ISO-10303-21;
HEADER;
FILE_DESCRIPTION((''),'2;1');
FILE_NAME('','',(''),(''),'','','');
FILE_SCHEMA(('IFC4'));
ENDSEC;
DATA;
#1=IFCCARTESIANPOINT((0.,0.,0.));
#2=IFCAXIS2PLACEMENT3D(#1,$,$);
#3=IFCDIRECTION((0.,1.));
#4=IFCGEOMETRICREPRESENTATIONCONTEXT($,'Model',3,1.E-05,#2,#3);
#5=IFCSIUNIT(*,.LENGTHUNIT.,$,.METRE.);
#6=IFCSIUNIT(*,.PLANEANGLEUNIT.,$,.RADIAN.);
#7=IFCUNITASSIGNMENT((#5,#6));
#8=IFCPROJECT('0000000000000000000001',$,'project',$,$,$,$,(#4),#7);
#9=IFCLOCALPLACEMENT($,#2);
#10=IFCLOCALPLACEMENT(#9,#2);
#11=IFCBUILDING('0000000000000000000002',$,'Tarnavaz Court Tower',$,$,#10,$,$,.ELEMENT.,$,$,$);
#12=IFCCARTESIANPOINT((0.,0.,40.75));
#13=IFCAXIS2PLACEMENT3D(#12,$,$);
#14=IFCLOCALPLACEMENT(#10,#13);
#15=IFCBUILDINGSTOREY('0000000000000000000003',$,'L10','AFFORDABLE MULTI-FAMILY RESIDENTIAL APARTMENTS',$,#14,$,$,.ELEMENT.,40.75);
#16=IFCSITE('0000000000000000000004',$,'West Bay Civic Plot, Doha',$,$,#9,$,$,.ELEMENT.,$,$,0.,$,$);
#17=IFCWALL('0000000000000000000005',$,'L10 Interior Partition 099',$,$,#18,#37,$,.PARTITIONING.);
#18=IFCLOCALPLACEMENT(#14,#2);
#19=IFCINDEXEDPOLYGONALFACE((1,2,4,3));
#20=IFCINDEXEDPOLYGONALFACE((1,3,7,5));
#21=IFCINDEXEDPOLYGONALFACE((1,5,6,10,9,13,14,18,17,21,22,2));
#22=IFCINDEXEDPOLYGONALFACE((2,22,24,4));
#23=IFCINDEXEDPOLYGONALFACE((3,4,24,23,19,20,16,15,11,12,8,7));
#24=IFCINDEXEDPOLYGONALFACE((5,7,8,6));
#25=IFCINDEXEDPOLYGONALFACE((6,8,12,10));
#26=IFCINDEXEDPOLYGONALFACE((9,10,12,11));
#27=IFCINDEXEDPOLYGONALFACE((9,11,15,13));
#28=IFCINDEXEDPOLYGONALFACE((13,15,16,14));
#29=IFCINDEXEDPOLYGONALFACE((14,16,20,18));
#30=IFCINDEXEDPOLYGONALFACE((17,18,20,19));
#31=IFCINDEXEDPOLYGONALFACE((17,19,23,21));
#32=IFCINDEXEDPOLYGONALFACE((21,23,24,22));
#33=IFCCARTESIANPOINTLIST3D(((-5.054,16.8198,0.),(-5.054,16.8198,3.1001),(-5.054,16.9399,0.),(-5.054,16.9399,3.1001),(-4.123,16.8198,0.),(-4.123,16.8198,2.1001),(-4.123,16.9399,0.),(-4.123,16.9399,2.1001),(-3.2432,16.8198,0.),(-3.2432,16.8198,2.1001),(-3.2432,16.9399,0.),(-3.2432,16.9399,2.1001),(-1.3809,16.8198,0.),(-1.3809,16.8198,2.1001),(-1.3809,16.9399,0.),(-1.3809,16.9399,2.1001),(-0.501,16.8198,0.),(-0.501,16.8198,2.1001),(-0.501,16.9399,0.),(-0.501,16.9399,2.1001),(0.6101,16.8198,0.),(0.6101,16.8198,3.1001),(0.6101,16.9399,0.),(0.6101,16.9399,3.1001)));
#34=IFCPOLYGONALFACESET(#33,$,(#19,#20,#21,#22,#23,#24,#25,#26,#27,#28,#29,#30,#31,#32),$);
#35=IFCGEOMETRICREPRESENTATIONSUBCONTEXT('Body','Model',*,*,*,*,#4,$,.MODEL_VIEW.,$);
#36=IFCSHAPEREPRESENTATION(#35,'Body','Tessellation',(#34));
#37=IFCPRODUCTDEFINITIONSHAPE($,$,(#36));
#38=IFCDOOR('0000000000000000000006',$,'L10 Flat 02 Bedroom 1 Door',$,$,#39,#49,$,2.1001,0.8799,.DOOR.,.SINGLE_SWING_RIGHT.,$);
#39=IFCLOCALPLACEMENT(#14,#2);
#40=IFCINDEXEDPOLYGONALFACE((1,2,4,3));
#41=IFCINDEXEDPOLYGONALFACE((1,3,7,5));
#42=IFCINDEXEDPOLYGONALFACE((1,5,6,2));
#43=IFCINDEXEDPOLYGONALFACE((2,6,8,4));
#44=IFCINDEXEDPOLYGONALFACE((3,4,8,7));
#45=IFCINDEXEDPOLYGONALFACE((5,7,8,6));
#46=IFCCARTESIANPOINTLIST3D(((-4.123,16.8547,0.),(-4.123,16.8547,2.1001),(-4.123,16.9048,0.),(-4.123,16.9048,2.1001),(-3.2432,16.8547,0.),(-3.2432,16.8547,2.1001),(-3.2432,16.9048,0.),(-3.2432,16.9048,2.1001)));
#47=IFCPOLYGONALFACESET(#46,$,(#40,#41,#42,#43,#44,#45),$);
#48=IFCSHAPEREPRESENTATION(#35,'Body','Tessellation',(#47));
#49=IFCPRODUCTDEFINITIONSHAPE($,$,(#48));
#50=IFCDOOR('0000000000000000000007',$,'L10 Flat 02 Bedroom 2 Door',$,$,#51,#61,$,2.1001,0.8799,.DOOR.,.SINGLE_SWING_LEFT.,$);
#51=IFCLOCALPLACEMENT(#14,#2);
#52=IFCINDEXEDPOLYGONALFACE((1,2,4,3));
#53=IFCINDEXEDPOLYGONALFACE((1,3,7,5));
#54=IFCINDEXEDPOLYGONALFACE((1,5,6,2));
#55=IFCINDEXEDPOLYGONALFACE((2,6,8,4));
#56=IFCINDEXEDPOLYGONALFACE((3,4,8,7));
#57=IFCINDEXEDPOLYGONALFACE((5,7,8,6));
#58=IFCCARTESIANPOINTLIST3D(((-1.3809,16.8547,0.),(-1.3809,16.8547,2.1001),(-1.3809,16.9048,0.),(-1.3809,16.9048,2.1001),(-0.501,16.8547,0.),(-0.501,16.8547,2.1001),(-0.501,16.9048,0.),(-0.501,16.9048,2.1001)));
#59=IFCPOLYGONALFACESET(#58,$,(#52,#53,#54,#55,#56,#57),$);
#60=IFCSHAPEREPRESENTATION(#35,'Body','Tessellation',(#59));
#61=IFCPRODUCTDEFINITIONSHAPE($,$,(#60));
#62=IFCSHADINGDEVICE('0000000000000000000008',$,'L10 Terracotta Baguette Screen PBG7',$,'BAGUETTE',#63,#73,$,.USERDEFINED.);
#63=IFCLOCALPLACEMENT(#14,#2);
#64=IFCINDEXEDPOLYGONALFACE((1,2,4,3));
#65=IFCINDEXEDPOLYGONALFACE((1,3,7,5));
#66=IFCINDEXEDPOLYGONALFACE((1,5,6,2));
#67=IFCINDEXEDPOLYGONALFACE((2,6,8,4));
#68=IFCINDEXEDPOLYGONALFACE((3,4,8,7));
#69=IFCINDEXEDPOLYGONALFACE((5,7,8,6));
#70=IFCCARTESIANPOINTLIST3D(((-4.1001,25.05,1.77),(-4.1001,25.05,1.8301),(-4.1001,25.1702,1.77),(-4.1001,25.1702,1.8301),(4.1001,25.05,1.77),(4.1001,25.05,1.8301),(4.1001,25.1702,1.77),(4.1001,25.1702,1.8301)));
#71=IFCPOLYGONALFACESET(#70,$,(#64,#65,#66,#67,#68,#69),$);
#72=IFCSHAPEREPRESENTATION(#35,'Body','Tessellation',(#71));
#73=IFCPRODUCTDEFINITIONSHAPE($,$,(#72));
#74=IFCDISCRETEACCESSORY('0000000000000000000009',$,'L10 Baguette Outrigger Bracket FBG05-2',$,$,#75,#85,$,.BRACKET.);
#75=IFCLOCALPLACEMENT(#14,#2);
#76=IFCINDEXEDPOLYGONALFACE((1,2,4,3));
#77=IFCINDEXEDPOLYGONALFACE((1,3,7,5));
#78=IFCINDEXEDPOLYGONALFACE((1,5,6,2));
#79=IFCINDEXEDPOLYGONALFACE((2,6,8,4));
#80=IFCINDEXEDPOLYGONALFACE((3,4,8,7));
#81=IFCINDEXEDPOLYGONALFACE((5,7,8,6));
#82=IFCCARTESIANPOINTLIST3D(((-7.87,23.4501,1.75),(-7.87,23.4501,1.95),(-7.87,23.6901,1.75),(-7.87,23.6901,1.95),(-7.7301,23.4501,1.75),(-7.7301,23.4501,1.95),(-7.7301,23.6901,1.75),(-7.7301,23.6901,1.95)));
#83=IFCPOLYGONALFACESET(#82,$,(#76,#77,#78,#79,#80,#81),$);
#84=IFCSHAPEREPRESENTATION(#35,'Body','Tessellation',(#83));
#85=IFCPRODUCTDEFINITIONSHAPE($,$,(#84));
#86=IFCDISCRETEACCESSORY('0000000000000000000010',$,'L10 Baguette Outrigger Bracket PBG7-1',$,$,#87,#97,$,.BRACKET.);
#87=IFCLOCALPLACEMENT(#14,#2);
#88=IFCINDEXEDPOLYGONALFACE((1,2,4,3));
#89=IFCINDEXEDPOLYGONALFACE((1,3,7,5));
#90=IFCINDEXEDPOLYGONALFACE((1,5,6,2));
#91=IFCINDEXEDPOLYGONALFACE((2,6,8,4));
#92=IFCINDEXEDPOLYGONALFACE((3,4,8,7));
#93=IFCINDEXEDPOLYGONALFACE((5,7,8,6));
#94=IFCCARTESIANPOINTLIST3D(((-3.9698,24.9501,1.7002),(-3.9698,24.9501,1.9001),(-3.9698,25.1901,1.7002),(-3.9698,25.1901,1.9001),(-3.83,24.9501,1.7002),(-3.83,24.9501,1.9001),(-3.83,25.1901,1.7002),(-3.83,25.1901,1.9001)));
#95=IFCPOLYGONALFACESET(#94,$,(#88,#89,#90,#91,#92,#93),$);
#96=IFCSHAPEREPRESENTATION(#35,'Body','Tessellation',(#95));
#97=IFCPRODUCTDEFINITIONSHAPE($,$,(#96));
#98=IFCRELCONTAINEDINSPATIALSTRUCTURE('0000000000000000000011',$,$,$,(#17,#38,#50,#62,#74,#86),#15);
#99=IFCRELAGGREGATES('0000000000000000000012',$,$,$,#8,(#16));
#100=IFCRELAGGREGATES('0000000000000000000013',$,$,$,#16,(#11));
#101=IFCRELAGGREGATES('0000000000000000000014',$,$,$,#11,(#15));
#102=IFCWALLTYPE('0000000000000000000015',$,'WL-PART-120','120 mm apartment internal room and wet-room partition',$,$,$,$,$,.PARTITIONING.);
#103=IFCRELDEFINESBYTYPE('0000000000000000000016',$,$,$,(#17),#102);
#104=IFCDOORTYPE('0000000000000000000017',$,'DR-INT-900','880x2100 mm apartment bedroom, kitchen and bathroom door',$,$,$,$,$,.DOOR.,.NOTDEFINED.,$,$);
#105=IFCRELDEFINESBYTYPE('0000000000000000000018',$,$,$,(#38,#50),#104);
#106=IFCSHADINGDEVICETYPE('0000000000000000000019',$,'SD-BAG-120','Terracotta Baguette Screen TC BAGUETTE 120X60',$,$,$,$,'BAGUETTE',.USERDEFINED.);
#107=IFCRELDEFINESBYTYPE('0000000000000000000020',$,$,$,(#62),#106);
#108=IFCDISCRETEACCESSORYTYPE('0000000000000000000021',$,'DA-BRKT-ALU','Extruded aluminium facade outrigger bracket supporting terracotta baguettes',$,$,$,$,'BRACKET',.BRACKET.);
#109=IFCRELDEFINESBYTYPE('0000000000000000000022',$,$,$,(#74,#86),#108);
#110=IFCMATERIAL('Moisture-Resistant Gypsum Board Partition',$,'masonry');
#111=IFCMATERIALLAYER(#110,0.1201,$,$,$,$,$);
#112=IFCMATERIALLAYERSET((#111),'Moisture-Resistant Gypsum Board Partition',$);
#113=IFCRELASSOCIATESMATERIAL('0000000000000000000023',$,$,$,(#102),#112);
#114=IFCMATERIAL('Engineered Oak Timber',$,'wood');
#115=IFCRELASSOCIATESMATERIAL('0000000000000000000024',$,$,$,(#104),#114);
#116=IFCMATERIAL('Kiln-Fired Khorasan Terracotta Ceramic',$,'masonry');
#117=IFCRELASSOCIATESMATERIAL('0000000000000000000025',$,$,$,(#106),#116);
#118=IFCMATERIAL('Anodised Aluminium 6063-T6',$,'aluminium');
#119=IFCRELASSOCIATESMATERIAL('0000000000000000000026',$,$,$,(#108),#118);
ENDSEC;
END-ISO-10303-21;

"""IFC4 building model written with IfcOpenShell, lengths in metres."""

from ifc_helpers import new_model, si_unit, direction, frame, frame_2d, origin, origin_2d, place, context, subcontext, project, spatial, rectangle, extrude, material, layer, layer_set, material_profile, profile_set, type_object, element, fill, save


model = new_model("IFC4")

# Units and contexts
model_context = context("Model", 3, precision=1e-05, world=origin(), true_north=direction((0.0, 1.0)))
body_context = subcontext(model_context, "Body", "Model", "MODEL_VIEW")
ifc_project = project(units=[si_unit("LENGTHUNIT", "METRE"), si_unit("PLANEANGLEUNIT", "RADIAN")], contexts=[model_context])

# Site, building, storey
site_placement = place(None, origin())
site = spatial("IfcSite", under=ifc_project, at=site_placement, Name="West Bay Civic Plot, Doha", CompositionType="ELEMENT", RefElevation=0.0)
building_placement = place(site_placement, origin())
building = spatial("IfcBuilding", under=site, at=building_placement, Name="Tarnavaz Court Tower", CompositionType="ELEMENT")
storey_placement = place(building_placement, frame((0.0, 0.0, 40.75)))
storey = spatial("IfcBuildingStorey", under=building, at=storey_placement, Name="L10", Description="AFFORDABLE MULTI-FAMILY RESIDENTIAL APARTMENTS", CompositionType="ELEMENT", Elevation=40.75)

# Shared definitions
ifc_material_1 = material(Name="Anodised Aluminium 6063-T6", Category="aluminium")

# Shared definitions
ifc_material_2 = material(Name="Moisture-Resistant Gypsum Board Partition", Category="masonry")
ifc_layer_1 = layer(ifc_material_2, 0.1201)
ifc_layer_set_1 = layer_set([ifc_layer_1], Name="Moisture-Resistant Gypsum Board Partition")
wall_type_1 = type_object("IfcWallType", Name="WL-PART-120", Description="120 mm apartment internal room and wet-room partition", PredefinedType="PARTITIONING", material=ifc_layer_set_1)
ifc_material_3 = material(Name="Engineered Oak Timber", Category="wood")
door_type_1 = type_object("IfcDoorType", Name="DR-INT-900", Description="880x2100 mm apartment bedroom, kitchen and bathroom door", OperationType="NOTDEFINED", PredefinedType="DOOR", material=ifc_material_3)

# Wall, openings, doors
wall_1_placement = place(storey_placement, frame((-5.054, 16.8799, 0.0), z_axis=(0.0, 0.0, 1.0), x_axis=(1.0, 0.0, 0.0)))
wall_1 = element("IfcWall", 1, at=wall_1_placement, inside=storey, type_object=wall_type_1, Name="L10 Interior Partition 099", PredefinedType="PARTITIONING", context=body_context, shape_type="SweptSolid", body=[
    extrude(rectangle(XDim=5.6641, YDim=0.1201, at=frame_2d((2.832, 0.0))), origin(), (0.0, 0.0, 1.0), 3.1001),
])
opening_1_placement = place(wall_1_placement, frame((0.9309, 0.0, 0.0)))
opening_1 = element("IfcOpeningElement", 2, at=opening_1_placement, cuts=wall_1, PredefinedType="OPENING", context=body_context, shape_type="SweptSolid", body=[
    extrude(rectangle(XDim=0.8799, YDim=2.1001, at=frame_2d((0.4399, 1.05))), frame((0.0, 0.0701, 0.0), z_axis=(0.0, -1.0, 0.0), x_axis=(1.0, 0.0, 0.0)), (0.0, 0.0, 1.0), 0.1401),
])
opening_2_placement = place(wall_1_placement, frame((3.6731, 0.0, 0.0)))
opening_2 = element("IfcOpeningElement", 3, at=opening_2_placement, cuts=wall_1, PredefinedType="OPENING", context=body_context, shape_type="SweptSolid", body=[
    extrude(rectangle(XDim=0.8799, YDim=2.1001, at=frame_2d((0.4399, 1.05))), frame((0.0, 0.0701, 0.0), z_axis=(0.0, -1.0, 0.0), x_axis=(1.0, 0.0, 0.0)), (0.0, 0.0, 1.0), 0.1401),
])
door_1_placement = place(opening_1_placement, origin())
door_1 = element("IfcDoor", 4, at=door_1_placement, inside=storey, type_object=door_type_1, Name="L10 Flat 02 Bedroom 1 Door", OperationType="SINGLE_SWING_RIGHT", OverallHeight=2.1001, OverallWidth=0.8799, PredefinedType="DOOR", context=body_context, shape_type="SweptSolid", body=[
    extrude(rectangle(XDim=0.8799, YDim=2.1001, at=frame_2d((0.4399, 1.05))), frame((0.0, 0.0249, 0.0), z_axis=(0.0, -1.0, 0.0), x_axis=(1.0, 0.0, 0.0)), (0.0, 0.0, 1.0), 0.05),
])
fill(opening_1, door_1)
door_2_placement = place(opening_2_placement, origin())
door_2 = element("IfcDoor", 5, at=door_2_placement, inside=storey, type_object=door_type_1, Name="L10 Flat 02 Bedroom 2 Door", OperationType="SINGLE_SWING_LEFT", OverallHeight=2.1001, OverallWidth=0.8799, PredefinedType="DOOR", context=body_context, shape_type="SweptSolid", body=[
    extrude(rectangle(XDim=0.8799, YDim=2.1001, at=frame_2d((0.4399, 1.05))), frame((0.0, 0.0249, 0.0), z_axis=(0.0, -1.0, 0.0), x_axis=(1.0, 0.0, 0.0)), (0.0, 0.0, 1.0), 0.05),
])
fill(opening_2, door_2)

# Shading device
ifc_material_4 = material(Name="Kiln-Fired Khorasan Terracotta Ceramic", Category="masonry")
ifc_material_profile_1 = material_profile(ifc_material_4, rectangle(XDim=0.1201, YDim=0.0601, at=origin_2d()), Name="TC BAGUETTE 120X60")
ifc_profile_set_1 = profile_set([ifc_material_profile_1], Name="Kiln-Fired Khorasan Terracotta Ceramic")
shading_device_type = type_object("IfcShadingDeviceType", Name="SD-BAG-120", Description="Terracotta Baguette Screen TC BAGUETTE 120X60", ElementType="BAGUETTE", PredefinedType="USERDEFINED", material=ifc_profile_set_1)
shading_device_placement = place(storey_placement, frame((-4.1001, 25.1101, 1.8), z_axis=(1.0, 0.0, 0.0), x_axis=(0.0, 1.0, 0.0)))
element("IfcShadingDevice", 6, at=shading_device_placement, inside=storey, type_object=shading_device_type, Name="L10 Terracotta Baguette Screen PBG7", ObjectType="BAGUETTE", PredefinedType="USERDEFINED", context=body_context, shape_type="SweptSolid", body=[
    extrude(rectangle(XDim=0.1201, YDim=0.0601, at=origin_2d()), origin(), (0.0, 0.0, 1.0), 8.2002),
])

# Discrete accessories
discrete_accessory_type = type_object("IfcDiscreteAccessoryType", Name="DA-BRKT-ALU", Description="Extruded aluminium facade outrigger bracket supporting terracotta baguettes", ElementType="BRACKET", PredefinedType="BRACKET", material=ifc_material_1)
for number, where, z_axis, x_axis, name in (
    (7, (-7.8, 23.5701, 1.75), (0.0, 0.0, 1.0), (1.0, 0.0, 0.0), "L10 Baguette Outrigger Bracket FBG05-2"),
    (8, (-3.8999, 25.0701, 1.7002), (0.0, 0.0, 1.0), (1.0, 0.0, 0.0), "L10 Baguette Outrigger Bracket PBG7-1"),
):
    element("IfcDiscreteAccessory", number, at=place(storey_placement, frame(where, z_axis=z_axis, x_axis=x_axis)), inside=storey, type_object=discrete_accessory_type, Name=name, PredefinedType="BRACKET", context=body_context, shape_type="SweptSolid", body=[
        extrude(rectangle(XDim=0.1399, YDim=0.24, at=origin_2d()), origin(), (0.0, 0.0, 1.0), 0.2),
    ])

save(model, "model.ifc")
